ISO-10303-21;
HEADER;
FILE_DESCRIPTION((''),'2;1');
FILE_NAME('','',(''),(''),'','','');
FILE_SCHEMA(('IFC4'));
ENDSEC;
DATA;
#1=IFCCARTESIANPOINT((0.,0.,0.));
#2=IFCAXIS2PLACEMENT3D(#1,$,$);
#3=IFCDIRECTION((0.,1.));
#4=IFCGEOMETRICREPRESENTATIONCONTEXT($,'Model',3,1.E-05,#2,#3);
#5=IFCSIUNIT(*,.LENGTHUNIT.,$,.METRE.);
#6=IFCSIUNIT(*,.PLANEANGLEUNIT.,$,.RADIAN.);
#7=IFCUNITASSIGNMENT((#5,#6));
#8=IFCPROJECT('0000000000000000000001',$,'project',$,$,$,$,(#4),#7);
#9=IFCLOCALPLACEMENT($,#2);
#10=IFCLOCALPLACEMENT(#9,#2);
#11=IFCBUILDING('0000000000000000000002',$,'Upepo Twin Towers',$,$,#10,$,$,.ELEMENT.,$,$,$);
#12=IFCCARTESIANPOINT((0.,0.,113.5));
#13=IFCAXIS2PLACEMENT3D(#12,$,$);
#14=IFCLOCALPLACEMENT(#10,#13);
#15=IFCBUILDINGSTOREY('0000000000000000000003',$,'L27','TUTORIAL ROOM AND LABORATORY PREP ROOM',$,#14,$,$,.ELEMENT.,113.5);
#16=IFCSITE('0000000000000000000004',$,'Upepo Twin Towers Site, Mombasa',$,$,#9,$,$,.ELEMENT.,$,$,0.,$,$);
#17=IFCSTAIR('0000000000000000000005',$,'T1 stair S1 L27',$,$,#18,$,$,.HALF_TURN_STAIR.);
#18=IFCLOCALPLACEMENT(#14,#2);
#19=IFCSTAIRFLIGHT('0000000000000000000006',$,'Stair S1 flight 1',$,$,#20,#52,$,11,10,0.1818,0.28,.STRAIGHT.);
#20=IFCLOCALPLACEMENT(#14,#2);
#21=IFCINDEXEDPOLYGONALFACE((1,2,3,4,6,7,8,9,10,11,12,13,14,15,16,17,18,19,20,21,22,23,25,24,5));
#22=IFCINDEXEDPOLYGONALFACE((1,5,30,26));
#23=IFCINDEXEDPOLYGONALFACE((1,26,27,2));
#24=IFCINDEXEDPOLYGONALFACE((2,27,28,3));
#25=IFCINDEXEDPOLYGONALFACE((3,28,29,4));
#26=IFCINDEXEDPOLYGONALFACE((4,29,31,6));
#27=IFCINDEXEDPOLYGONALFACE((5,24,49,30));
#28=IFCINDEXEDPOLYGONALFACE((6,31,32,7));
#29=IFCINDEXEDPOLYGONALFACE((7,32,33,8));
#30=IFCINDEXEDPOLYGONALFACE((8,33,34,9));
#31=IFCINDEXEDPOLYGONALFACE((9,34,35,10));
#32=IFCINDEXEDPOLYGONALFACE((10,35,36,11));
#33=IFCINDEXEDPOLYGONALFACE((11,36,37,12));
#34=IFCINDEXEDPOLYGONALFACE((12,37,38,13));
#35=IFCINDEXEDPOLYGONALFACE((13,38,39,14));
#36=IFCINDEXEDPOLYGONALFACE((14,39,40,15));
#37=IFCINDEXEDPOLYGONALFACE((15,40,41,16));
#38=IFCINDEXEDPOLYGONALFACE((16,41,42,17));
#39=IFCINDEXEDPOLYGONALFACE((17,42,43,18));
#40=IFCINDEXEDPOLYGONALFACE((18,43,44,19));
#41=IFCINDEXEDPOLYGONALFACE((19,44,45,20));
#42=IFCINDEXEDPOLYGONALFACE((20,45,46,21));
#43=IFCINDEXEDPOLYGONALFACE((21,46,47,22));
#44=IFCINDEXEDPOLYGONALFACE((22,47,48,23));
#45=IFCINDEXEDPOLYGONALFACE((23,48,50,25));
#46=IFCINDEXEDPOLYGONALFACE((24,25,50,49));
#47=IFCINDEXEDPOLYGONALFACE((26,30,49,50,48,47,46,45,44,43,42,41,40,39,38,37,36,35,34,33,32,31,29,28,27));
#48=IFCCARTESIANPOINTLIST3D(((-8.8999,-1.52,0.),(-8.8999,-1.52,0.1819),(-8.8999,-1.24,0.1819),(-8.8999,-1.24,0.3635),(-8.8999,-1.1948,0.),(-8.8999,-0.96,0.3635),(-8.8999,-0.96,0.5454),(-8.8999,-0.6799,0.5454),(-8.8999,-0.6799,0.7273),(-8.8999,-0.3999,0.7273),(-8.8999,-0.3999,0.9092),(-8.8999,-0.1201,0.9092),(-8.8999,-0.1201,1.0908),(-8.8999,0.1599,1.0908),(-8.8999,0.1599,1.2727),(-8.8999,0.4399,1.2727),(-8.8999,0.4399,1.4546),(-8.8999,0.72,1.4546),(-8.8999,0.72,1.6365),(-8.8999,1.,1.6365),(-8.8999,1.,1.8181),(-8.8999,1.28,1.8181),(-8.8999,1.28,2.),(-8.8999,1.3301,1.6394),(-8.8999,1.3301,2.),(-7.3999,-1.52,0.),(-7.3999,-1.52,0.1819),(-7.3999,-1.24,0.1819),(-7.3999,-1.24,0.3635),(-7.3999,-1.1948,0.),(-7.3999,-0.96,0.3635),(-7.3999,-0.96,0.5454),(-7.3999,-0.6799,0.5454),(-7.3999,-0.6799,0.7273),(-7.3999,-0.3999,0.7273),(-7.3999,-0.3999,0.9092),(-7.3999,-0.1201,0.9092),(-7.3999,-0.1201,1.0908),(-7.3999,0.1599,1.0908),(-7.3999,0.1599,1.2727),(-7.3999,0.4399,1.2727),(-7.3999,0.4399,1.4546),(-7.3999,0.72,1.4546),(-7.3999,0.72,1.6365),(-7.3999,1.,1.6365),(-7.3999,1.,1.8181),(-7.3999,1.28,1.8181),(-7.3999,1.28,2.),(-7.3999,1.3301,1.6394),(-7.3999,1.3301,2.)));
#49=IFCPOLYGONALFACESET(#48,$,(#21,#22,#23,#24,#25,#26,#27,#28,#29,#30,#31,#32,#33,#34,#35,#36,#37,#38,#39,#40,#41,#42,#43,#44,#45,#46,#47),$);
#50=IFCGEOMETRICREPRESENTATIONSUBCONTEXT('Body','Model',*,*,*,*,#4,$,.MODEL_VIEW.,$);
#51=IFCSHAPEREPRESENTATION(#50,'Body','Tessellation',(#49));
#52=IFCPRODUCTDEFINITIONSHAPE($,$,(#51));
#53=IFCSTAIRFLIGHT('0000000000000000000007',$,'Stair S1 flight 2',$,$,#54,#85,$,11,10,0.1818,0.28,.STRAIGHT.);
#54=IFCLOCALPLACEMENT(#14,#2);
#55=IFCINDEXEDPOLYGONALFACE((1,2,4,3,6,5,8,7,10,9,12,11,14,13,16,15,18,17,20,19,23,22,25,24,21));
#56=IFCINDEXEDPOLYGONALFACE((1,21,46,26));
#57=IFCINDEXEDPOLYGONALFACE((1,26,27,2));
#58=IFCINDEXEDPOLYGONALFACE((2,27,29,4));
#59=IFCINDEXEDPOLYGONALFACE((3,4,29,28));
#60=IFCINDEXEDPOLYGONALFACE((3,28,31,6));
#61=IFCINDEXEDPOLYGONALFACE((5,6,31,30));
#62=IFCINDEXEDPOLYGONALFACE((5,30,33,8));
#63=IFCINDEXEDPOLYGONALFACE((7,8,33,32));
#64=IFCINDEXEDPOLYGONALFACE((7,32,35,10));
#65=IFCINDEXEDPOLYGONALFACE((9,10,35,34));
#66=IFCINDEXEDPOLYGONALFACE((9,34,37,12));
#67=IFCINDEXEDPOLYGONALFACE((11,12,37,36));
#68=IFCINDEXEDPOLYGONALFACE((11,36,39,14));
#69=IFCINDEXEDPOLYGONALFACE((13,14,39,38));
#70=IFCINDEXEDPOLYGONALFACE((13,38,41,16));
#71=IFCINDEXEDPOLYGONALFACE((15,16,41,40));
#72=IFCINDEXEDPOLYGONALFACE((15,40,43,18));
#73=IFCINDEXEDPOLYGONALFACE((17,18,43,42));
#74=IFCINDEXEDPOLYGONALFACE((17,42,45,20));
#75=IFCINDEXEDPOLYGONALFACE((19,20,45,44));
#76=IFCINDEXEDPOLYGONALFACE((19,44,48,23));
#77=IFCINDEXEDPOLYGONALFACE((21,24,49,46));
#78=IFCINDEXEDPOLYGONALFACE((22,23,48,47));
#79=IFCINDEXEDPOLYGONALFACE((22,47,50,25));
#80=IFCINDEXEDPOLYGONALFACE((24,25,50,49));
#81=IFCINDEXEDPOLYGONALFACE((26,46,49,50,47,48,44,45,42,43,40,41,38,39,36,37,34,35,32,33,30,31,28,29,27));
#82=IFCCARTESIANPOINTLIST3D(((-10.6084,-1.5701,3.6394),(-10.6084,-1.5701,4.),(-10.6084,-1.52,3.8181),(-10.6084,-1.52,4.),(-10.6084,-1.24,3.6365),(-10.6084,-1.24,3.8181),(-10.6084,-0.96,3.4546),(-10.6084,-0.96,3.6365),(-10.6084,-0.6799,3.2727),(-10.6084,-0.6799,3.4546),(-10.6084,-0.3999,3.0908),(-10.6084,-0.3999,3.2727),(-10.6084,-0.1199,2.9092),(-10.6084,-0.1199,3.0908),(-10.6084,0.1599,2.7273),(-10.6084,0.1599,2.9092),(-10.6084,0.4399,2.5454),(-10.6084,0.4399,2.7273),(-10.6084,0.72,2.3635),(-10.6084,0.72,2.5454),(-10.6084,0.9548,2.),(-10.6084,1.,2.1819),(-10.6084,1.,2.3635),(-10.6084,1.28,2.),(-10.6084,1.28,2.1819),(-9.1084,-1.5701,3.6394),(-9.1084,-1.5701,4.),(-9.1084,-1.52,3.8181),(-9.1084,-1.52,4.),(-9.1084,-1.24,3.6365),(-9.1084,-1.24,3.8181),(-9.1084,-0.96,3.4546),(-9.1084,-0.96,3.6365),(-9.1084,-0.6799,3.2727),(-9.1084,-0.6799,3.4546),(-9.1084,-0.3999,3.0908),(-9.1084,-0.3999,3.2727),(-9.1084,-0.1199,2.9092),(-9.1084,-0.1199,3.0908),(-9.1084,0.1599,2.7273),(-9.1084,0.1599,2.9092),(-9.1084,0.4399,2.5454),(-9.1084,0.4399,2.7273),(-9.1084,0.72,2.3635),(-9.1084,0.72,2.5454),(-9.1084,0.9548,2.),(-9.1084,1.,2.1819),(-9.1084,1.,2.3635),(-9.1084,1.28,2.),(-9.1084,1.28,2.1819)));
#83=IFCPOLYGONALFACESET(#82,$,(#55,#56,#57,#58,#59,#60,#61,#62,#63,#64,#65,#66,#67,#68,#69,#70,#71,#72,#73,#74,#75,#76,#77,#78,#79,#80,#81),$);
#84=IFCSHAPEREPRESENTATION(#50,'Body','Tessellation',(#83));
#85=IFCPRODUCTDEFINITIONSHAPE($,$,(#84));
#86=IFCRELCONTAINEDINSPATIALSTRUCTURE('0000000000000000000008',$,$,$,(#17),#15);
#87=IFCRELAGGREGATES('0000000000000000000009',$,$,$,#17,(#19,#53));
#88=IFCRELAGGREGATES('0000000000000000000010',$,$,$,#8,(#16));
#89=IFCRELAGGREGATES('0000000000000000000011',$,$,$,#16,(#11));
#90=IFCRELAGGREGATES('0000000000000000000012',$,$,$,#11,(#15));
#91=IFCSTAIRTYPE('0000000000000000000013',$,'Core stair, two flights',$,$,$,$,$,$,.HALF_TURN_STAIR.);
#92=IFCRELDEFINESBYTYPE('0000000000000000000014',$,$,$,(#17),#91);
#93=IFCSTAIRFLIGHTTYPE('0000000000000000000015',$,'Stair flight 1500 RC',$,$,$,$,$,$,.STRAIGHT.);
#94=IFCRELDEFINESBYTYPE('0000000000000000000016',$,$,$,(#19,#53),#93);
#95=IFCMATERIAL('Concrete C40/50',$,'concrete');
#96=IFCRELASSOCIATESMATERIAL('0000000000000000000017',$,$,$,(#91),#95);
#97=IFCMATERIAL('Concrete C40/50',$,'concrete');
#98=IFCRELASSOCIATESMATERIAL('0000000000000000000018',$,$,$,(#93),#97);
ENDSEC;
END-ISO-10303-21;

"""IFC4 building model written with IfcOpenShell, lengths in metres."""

from ifc_helpers import new_model, si_unit, direction, frame, origin, place, context, subcontext, project, spatial, polyline, outline, extrude, material, type_object, element, aggregate, save


model = new_model("IFC4")

# Units and contexts
model_context = context("Model", 3, precision=1e-05, world=origin(), true_north=direction((0.0, 1.0)))
body_context = subcontext(model_context, "Body", "Model", "MODEL_VIEW")
ifc_project = project(units=[si_unit("LENGTHUNIT", "METRE"), si_unit("PLANEANGLEUNIT", "RADIAN")], contexts=[model_context])

# Site, building, storey
site_placement = place(None, origin())
site = spatial("IfcSite", under=ifc_project, at=site_placement, Name="Upepo Twin Towers Site, Mombasa", CompositionType="ELEMENT", RefElevation=0.0)
building_placement = place(site_placement, origin())
building = spatial("IfcBuilding", under=site, at=building_placement, Name="Upepo Twin Towers", CompositionType="ELEMENT")
storey_placement = place(building_placement, frame((0.0, 0.0, 113.5)))
storey = spatial("IfcBuildingStorey", under=building, at=storey_placement, Name="L27", Description="TUTORIAL ROOM AND LABORATORY PREP ROOM", CompositionType="ELEMENT", Elevation=113.5)

# Stair, stair flights
ifc_material_1 = material(Name="Concrete C40/50", Category="concrete")
stair_type = type_object("IfcStairType", Name="Core stair, two flights", PredefinedType="HALF_TURN_STAIR", material=ifc_material_1)
stair_placement = place(storey_placement, origin())
stair = element("IfcStair", 1, at=stair_placement, inside=storey, type_object=stair_type, Name="T1 stair S1 L27", PredefinedType="HALF_TURN_STAIR")
ifc_material_2 = material(Name="Concrete C40/50", Category="concrete")
stair_flight_type = type_object("IfcStairFlightType", Name="Stair flight 1500 RC", PredefinedType="STRAIGHT", material=ifc_material_2)
stair_flight_1_placement = place(storey_placement, frame((-8.1499, -1.52, 0.0), z_axis=(0.0, 0.0, 1.0), x_axis=(0.0, 1.0, 0.0)))
stair_flight_1 = element("IfcStairFlight", 2, at=stair_flight_1_placement, type_object=stair_flight_type, Name="Stair S1 flight 1", NumberOfRisers=11, NumberOfTreads=10, PredefinedType="STRAIGHT", RiserHeight=0.1818, TreadLength=0.28, context=body_context, shape_type="SweptSolid", body=[
    extrude(outline(polyline([(0.0, 0.0), (0.0, 0.1819), (0.28, 0.1819), (0.28, 0.3635), (0.5601, 0.3635), (0.5601, 0.5454), (0.8401, 0.5454), (0.8401, 0.7273), (1.1201, 0.7273), (1.1201, 0.9092), (1.3999, 0.9092), (1.3999, 1.0908), (1.6799, 1.0908), (1.6799, 1.2727), (1.96, 1.2727), (1.96, 1.4546), (2.24, 1.4546), (2.24, 1.6365), (2.52, 1.6365), (2.52, 1.8181), (2.8, 1.8181), (2.8, 2.0), (2.8501, 2.0), (2.8501, 1.6394), (0.3252, 0.0), (0.0, 0.0)])), frame((0.0, 0.75, 0.0), z_axis=(0.0, -1.0, 0.0), x_axis=(1.0, 0.0, 0.0)), (0.0, 0.0, 1.0), 1.5),
])
stair_flight_2_placement = place(storey_placement, frame((-9.8584, 1.28, 2.0), z_axis=(0.0, 0.0, 1.0), x_axis=(0.0, -1.0, 0.0)))
stair_flight_2 = element("IfcStairFlight", 3, at=stair_flight_2_placement, type_object=stair_flight_type, Name="Stair S1 flight 2", NumberOfRisers=11, NumberOfTreads=10, PredefinedType="STRAIGHT", RiserHeight=0.1818, TreadLength=0.28, context=body_context, shape_type="SweptSolid", body=[
    extrude(outline(polyline([(0.0, 0.0), (0.0, 0.1819), (0.28, 0.1819), (0.28, 0.3635), (0.5601, 0.3635), (0.5601, 0.5454), (0.8401, 0.5454), (0.8401, 0.7273), (1.1201, 0.7273), (1.1201, 0.9092), (1.3999, 0.9092), (1.3999, 1.0908), (1.6799, 1.0908), (1.6799, 1.2727), (1.96, 1.2727), (1.96, 1.4546), (2.24, 1.4546), (2.24, 1.6365), (2.52, 1.6365), (2.52, 1.8181), (2.8, 1.8181), (2.8, 2.0), (2.8501, 2.0), (2.8501, 1.6394), (0.3252, 0.0), (0.0, 0.0)])), frame((0.0, 0.75, 0.0), z_axis=(0.0, -1.0, 0.0), x_axis=(1.0, 0.0, 0.0)), (0.0, 0.0, 1.0), 1.5),
])
aggregate(stair, [stair_flight_1, stair_flight_2])

save(model, "model.ifc")
